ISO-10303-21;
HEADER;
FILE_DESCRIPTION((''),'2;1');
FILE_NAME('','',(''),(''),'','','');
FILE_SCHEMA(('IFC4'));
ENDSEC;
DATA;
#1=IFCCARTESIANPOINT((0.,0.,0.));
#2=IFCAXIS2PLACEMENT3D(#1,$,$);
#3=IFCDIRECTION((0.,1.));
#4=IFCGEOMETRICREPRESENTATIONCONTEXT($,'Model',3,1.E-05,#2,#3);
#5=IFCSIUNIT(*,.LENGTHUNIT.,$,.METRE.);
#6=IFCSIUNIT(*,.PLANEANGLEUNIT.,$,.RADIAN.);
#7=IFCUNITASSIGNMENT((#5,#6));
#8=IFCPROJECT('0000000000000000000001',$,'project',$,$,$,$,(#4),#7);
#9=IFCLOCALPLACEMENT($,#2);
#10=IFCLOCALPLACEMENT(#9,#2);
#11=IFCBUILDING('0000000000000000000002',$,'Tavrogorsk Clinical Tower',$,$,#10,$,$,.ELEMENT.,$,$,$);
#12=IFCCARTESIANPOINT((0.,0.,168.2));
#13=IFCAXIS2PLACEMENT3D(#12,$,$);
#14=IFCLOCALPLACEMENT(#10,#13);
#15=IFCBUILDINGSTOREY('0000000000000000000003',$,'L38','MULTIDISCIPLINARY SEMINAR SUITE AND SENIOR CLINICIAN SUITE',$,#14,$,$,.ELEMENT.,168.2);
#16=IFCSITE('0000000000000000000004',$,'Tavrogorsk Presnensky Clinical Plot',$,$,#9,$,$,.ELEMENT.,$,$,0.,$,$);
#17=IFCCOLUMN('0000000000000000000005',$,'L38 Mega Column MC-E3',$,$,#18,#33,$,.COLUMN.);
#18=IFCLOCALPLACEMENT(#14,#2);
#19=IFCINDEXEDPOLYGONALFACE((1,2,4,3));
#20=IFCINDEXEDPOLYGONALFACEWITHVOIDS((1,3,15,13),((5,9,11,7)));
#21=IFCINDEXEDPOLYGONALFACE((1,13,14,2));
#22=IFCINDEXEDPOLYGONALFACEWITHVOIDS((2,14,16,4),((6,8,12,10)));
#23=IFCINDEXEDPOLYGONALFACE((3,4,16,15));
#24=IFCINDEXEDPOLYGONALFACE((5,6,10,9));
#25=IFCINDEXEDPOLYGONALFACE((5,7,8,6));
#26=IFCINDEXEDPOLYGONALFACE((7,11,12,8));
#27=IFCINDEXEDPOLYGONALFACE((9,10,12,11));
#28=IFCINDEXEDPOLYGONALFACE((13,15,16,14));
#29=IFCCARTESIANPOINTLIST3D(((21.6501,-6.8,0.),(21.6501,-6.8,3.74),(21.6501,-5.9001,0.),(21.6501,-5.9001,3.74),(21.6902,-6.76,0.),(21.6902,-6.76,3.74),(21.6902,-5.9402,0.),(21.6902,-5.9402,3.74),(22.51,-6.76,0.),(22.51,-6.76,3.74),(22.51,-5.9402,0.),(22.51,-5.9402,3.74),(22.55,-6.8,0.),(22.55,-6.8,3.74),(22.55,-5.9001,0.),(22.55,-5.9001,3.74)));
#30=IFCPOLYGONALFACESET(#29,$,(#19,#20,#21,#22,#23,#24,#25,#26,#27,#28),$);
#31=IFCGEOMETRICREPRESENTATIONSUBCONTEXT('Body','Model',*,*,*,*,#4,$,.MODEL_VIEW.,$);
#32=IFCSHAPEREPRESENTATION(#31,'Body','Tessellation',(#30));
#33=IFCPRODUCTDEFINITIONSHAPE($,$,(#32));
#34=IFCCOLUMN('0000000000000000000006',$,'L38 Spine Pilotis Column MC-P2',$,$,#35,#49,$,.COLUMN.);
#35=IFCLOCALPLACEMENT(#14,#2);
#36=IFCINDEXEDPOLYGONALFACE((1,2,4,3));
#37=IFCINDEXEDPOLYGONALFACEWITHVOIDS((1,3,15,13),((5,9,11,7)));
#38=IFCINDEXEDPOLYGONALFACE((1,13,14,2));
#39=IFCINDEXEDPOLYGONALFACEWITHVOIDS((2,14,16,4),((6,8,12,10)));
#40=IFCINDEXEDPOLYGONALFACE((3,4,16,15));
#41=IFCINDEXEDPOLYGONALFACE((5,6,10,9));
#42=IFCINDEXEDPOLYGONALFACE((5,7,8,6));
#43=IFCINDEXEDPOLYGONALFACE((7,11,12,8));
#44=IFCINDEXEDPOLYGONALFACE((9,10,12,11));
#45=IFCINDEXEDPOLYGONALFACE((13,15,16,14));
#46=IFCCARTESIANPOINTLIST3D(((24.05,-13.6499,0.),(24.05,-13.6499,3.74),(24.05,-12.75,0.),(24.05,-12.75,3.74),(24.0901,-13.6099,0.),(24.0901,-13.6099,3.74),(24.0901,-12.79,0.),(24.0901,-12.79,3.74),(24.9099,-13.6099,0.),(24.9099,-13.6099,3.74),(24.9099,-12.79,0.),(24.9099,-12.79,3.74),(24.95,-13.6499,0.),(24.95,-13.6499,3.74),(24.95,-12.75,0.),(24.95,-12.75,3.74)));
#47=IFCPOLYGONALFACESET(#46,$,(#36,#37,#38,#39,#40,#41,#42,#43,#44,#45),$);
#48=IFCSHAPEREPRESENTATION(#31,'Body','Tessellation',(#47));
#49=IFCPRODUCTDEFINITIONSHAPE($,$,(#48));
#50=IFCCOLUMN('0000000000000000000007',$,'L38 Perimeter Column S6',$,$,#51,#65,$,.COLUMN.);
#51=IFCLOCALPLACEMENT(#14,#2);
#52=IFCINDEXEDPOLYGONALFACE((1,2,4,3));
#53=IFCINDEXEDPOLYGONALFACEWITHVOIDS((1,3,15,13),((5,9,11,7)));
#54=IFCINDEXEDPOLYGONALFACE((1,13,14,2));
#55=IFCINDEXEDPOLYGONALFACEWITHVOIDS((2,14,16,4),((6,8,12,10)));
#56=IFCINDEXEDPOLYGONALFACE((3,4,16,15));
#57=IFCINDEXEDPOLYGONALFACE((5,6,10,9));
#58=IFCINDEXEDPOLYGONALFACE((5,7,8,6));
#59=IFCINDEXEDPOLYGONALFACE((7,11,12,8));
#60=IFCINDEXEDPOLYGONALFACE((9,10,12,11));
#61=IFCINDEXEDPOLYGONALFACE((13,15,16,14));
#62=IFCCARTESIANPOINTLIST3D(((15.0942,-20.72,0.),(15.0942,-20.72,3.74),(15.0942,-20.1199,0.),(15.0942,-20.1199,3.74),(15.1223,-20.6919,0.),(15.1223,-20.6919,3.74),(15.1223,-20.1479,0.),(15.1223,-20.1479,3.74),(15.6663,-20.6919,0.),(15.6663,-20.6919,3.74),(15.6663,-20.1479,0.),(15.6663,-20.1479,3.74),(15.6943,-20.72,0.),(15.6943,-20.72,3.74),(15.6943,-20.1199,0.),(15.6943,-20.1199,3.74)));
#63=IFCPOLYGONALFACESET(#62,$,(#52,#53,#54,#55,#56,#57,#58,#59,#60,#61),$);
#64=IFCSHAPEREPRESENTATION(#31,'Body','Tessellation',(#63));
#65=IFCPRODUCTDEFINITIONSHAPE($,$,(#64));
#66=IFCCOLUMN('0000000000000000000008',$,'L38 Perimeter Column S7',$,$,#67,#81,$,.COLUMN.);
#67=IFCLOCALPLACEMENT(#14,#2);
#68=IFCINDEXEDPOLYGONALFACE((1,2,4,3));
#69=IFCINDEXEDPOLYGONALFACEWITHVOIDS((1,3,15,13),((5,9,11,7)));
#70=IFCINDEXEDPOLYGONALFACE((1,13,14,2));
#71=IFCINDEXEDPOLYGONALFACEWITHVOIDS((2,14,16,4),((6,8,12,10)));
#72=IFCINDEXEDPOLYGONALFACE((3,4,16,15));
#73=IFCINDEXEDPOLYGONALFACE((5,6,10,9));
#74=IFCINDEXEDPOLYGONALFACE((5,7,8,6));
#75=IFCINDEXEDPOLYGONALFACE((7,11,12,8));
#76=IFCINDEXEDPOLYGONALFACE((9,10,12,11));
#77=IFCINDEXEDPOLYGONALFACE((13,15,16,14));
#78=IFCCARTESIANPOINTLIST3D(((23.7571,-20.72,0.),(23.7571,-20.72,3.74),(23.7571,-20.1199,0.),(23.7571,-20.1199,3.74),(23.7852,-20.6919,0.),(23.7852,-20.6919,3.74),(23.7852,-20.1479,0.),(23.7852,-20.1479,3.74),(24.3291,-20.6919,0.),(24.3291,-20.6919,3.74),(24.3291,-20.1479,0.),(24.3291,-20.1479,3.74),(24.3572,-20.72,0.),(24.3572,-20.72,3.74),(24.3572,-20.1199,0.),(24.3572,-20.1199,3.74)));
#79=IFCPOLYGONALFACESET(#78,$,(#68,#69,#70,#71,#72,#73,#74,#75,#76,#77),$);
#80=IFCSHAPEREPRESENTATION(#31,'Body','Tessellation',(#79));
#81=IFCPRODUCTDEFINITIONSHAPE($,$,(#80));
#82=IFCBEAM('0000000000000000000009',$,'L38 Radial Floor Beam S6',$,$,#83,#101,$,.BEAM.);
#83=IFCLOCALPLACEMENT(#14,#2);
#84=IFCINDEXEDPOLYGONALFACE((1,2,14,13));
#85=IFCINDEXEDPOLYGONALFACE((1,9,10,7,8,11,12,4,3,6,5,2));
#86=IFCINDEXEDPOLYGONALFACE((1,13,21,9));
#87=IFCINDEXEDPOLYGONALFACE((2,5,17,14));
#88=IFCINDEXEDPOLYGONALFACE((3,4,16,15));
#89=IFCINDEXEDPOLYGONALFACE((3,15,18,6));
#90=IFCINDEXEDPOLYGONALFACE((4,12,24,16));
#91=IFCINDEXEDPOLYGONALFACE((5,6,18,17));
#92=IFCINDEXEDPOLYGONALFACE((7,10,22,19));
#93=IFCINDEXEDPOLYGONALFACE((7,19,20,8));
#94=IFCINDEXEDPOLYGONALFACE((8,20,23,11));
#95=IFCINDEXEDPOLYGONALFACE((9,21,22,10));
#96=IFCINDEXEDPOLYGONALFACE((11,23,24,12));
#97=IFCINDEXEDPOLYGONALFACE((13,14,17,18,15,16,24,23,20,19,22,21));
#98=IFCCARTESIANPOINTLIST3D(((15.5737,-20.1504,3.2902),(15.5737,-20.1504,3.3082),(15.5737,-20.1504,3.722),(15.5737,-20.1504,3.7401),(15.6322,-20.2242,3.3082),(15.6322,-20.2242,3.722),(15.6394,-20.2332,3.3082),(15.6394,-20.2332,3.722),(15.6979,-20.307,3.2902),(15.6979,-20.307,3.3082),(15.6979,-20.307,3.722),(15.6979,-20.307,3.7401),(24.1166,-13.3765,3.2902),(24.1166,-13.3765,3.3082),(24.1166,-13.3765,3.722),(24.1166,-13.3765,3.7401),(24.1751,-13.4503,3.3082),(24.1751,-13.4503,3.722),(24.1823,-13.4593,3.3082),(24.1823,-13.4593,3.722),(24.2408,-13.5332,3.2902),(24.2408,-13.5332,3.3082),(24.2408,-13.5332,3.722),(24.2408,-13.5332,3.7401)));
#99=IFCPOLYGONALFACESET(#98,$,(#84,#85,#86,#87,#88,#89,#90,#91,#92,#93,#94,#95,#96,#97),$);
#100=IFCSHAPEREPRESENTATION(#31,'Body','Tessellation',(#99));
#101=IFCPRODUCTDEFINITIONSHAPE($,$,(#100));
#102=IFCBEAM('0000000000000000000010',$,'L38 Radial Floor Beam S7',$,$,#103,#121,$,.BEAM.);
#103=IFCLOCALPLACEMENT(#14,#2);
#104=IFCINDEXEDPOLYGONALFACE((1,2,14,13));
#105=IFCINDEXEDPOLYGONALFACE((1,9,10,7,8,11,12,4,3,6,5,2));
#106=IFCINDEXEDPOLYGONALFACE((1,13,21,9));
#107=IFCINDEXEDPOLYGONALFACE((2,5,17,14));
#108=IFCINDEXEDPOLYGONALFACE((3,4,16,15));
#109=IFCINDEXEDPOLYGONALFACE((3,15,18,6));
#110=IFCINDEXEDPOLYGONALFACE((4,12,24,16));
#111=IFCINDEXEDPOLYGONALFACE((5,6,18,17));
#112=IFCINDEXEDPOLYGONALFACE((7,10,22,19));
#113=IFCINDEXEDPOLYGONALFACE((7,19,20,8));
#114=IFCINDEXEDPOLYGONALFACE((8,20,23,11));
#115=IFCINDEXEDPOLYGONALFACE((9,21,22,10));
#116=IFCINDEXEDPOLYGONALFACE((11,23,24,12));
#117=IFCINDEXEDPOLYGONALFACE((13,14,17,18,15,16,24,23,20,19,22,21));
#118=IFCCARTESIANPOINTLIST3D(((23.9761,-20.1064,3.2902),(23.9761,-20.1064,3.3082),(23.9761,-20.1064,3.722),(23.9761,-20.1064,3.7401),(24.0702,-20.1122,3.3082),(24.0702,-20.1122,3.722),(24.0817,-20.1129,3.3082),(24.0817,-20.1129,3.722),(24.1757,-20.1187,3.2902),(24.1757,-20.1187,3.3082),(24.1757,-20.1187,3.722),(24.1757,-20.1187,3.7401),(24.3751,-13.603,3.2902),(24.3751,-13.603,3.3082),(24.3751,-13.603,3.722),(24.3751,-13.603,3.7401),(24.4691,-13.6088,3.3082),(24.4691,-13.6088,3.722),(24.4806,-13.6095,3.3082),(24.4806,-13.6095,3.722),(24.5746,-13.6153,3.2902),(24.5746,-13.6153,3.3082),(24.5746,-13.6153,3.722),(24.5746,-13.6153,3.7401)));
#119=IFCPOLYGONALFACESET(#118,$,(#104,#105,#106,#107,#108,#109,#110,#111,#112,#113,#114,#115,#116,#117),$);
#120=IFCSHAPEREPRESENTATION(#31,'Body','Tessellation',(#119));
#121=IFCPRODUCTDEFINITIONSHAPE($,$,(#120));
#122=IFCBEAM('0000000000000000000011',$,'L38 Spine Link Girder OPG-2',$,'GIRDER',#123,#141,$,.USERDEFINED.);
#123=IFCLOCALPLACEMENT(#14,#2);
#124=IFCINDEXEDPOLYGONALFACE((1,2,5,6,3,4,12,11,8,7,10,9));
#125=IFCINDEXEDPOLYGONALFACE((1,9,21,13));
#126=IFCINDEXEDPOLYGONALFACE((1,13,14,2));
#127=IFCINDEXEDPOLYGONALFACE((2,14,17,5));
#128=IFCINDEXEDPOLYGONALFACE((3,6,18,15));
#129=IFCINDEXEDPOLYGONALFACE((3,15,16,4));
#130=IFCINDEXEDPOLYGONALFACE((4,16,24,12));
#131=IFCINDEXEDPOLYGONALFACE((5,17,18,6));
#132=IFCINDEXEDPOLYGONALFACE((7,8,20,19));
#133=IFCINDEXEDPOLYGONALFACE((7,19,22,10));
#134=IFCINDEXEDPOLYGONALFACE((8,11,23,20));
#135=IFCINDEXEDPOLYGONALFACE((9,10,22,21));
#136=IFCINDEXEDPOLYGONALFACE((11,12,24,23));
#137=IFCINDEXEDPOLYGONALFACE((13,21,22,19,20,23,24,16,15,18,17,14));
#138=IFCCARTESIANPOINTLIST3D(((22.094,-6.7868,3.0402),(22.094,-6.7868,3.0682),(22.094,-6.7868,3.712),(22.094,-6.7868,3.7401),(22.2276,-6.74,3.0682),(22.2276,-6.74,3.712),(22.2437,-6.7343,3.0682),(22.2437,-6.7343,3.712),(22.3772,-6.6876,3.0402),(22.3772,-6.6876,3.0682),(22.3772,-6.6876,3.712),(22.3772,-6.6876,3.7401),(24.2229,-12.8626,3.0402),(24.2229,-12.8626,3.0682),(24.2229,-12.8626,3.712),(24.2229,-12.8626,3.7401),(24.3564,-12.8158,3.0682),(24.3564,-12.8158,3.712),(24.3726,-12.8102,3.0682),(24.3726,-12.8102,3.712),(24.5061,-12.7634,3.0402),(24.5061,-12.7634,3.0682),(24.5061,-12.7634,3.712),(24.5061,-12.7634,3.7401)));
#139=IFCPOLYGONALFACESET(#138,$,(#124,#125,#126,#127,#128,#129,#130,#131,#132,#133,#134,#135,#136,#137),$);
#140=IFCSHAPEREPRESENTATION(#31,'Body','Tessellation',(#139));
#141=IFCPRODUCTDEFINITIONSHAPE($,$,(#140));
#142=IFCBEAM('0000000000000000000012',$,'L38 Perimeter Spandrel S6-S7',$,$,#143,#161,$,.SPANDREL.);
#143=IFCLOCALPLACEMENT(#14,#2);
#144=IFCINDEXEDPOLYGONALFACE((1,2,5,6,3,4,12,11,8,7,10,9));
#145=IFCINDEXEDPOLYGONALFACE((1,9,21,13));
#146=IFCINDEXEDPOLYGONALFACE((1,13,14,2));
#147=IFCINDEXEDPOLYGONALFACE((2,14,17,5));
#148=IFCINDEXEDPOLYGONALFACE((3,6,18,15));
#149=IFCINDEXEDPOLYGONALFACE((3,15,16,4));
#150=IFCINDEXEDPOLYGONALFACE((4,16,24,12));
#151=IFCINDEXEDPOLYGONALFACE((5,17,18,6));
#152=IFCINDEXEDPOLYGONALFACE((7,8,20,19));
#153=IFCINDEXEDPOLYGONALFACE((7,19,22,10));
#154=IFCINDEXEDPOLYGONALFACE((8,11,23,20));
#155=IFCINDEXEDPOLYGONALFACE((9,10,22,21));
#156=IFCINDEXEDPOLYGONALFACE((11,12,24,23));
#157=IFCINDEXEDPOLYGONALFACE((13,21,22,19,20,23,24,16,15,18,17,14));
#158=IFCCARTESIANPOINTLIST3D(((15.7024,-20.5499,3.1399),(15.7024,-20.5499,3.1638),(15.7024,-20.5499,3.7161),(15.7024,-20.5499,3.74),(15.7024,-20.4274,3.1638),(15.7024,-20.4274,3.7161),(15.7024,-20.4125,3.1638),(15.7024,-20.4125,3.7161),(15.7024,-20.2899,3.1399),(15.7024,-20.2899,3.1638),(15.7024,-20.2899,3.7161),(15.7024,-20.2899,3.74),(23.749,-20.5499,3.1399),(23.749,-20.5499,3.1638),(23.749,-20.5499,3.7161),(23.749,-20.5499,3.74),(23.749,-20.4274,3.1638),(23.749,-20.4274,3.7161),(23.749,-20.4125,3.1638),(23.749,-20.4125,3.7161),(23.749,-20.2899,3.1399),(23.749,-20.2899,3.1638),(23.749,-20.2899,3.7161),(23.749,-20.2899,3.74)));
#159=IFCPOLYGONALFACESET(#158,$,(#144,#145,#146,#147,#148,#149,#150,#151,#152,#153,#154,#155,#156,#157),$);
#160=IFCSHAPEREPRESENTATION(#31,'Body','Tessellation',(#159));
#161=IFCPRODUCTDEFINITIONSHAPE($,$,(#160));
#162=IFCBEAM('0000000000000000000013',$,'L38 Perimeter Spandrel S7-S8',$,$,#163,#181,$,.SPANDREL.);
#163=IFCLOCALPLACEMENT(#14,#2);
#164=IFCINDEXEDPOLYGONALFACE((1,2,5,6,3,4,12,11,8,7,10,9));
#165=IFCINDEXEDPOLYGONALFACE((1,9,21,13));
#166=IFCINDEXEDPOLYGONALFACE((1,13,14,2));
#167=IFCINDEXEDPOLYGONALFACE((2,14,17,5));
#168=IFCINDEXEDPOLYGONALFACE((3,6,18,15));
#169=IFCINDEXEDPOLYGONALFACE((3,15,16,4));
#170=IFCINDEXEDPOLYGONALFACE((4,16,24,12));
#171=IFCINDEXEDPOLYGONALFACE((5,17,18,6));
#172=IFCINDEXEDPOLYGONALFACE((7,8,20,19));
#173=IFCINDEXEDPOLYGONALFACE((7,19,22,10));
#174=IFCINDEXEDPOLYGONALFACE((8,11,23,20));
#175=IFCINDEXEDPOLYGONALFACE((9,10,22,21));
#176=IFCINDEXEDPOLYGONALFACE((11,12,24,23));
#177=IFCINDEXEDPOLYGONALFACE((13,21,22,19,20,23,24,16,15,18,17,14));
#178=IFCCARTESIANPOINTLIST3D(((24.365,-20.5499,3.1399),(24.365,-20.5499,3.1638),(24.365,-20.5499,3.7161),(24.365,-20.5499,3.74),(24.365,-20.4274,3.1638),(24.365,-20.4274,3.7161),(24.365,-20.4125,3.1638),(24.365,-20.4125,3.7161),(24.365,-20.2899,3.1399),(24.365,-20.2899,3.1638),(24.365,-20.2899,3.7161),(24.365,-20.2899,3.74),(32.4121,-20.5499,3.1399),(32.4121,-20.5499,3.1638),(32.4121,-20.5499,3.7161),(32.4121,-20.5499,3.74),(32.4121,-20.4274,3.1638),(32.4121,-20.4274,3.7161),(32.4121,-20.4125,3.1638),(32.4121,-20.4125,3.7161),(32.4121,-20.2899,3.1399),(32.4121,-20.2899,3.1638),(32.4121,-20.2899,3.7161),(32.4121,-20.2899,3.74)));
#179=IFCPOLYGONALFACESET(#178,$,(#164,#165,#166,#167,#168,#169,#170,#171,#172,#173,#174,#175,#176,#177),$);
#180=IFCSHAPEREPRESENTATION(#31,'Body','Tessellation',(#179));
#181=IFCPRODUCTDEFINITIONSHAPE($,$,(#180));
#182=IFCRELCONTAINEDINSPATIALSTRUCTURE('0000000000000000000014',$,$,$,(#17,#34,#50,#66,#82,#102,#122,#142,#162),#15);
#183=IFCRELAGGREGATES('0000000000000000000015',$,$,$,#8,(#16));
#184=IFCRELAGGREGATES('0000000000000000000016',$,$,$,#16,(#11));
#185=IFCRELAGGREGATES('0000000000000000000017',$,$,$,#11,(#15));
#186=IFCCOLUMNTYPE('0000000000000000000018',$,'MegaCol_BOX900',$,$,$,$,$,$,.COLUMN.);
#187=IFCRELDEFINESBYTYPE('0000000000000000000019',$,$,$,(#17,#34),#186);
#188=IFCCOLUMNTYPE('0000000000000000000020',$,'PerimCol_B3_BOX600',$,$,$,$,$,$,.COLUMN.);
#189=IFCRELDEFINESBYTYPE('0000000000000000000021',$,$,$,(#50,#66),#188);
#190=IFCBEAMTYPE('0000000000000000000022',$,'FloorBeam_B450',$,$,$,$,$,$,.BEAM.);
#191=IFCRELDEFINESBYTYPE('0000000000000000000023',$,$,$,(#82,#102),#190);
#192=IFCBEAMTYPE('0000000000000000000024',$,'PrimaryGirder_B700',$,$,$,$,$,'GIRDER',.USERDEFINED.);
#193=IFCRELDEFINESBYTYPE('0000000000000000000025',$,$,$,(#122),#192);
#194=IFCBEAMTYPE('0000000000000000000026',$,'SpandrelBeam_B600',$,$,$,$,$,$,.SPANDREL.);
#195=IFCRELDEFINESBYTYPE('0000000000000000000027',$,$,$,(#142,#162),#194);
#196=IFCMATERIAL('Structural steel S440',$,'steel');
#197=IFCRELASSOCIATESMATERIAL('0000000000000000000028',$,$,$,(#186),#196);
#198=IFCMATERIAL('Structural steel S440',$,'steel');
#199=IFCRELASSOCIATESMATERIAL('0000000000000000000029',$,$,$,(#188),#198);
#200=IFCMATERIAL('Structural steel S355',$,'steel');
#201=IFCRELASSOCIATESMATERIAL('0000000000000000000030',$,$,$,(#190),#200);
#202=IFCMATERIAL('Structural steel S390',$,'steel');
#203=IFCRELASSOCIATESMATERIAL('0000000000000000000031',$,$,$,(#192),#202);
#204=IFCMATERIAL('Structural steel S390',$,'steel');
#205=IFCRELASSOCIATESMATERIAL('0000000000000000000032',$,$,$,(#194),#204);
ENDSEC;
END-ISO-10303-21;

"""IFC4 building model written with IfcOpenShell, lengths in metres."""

from ifc_helpers import new_model, si_unit, direction, frame, origin, origin_2d, place, context, subcontext, project, spatial, hollow_rectangle, i_section, extrude, material, material_profile, profile_set, type_object, element, save


model = new_model("IFC4")

# Units and contexts
model_context = context("Model", 3, precision=1e-05, world=origin(), true_north=direction((0.0, 1.0)))
body_context = subcontext(model_context, "Body", "Model", "MODEL_VIEW")
ifc_project = project(units=[si_unit("LENGTHUNIT", "METRE"), si_unit("PLANEANGLEUNIT", "RADIAN")], contexts=[model_context])

# Site, building, storey
site_placement = place(None, origin())
site = spatial("IfcSite", under=ifc_project, at=site_placement, Name="Tavrogorsk Presnensky Clinical Plot", CompositionType="ELEMENT", RefElevation=0.0)
building_placement = place(site_placement, origin())
building = spatial("IfcBuilding", under=site, at=building_placement, Name="Tavrogorsk Clinical Tower", CompositionType="ELEMENT")
storey_placement = place(building_placement, frame((0.0, 0.0, 168.2)))
storey = spatial("IfcBuildingStorey", under=building, at=storey_placement, Name="L38", Description="MULTIDISCIPLINARY SEMINAR SUITE AND SENIOR CLINICIAN SUITE", CompositionType="ELEMENT", Elevation=168.2)

# Columns
ifc_material_1 = material(Name="Structural steel S440", Category="steel")
ifc_material_profile_1 = material_profile(ifc_material_1, hollow_rectangle(XDim=0.8999, YDim=0.8999, WallThickness=0.04, at=origin_2d()), Name="BOX-900x900x40")
ifc_profile_set_1 = profile_set([ifc_material_profile_1], Name="Structural steel S440")
column_type_1 = type_object("IfcColumnType", Name="MegaCol_BOX900", PredefinedType="COLUMN", material=ifc_profile_set_1)
for number, where, z_axis, x_axis, name in (
    (1, (22.1001, -6.3501, 0.0), (0.0, 0.0, 1.0), (1.0, 0.0, 0.0), "L38 Mega Column MC-E3"),
    (2, (24.5, -13.2, 0.0), (0.0, 0.0, 1.0), (1.0, 0.0, 0.0), "L38 Spine Pilotis Column MC-P2"),
):
    element("IfcColumn", number, at=place(storey_placement, frame(where, z_axis=z_axis, x_axis=x_axis)), inside=storey, type_object=column_type_1, Name=name, PredefinedType="COLUMN", context=body_context, shape_type="SweptSolid", body=[
        extrude(hollow_rectangle(XDim=0.8999, YDim=0.8999, WallThickness=0.04, at=origin_2d()), origin(), (0.0, 0.0, 1.0), 3.74),
    ])
ifc_material_2 = material(Name="Structural steel S440", Category="steel")
ifc_material_profile_2 = material_profile(ifc_material_2, hollow_rectangle(XDim=0.6001, YDim=0.6001, WallThickness=0.0281, at=origin_2d()), Name="BOX-600x600x28")
ifc_profile_set_2 = profile_set([ifc_material_profile_2], Name="Structural steel S440")
column_type_2 = type_object("IfcColumnType", Name="PerimCol_B3_BOX600", PredefinedType="COLUMN", material=ifc_profile_set_2)
for number, where, z_axis, x_axis, name in (
    (3, (15.3943, -20.4199, 0.0), (0.0, 0.0, 1.0), (1.0, 0.0, 0.0), "L38 Perimeter Column S6"),
    (4, (24.0571, -20.4199, 0.0), (0.0, 0.0, 1.0), (1.0, 0.0, 0.0), "L38 Perimeter Column S7"),
):
    element("IfcColumn", number, at=place(storey_placement, frame(where, z_axis=z_axis, x_axis=x_axis)), inside=storey, type_object=column_type_2, Name=name, PredefinedType="COLUMN", context=body_context, shape_type="SweptSolid", body=[
        extrude(hollow_rectangle(XDim=0.6001, YDim=0.6001, WallThickness=0.0281, at=origin_2d()), origin(), (0.0, 0.0, 1.0), 3.74),
    ])

# Beams
ifc_material_3 = material(Name="Structural steel S355", Category="steel")
ifc_material_profile_3 = material_profile(ifc_material_3, i_section(OverallWidth=0.2, OverallDepth=0.45, WebThickness=0.0115, FlangeThickness=0.0181, at=origin_2d()), Name="B-450x200x11.5x18")
ifc_profile_set_3 = profile_set([ifc_material_profile_3], Name="Structural steel S355")
beam_type_1 = type_object("IfcBeamType", Name="FloorBeam_B450", PredefinedType="BEAM", material=ifc_profile_set_3)
beam_1_placement = place(storey_placement, frame((24.1787, -13.4548, 3.5151), z_axis=(-0.783566, -0.621308, 0.0), x_axis=(0.621308, -0.783566, 0.0)))
element("IfcBeam", 5, at=beam_1_placement, inside=storey, type_object=beam_type_1, Name="L38 Radial Floor Beam S6", PredefinedType="BEAM", context=body_context, shape_type="SweptSolid", body=[
    extrude(i_section(OverallWidth=0.2, OverallDepth=0.45, WebThickness=0.0115, FlangeThickness=0.0181, at=origin_2d()), origin(), (0.0, 0.0, 1.0), 10.9026),
])
beam_2_placement = place(storey_placement, frame((24.4749, -13.6091, 3.5151), z_axis=(-0.061226, -0.998124, 0.0), x_axis=(0.998124, -0.061226, 0.0)))
element("IfcBeam", 6, at=beam_2_placement, inside=storey, type_object=beam_type_1, Name="L38 Radial Floor Beam S7", PredefinedType="BEAM", context=body_context, shape_type="SweptSolid", body=[
    extrude(i_section(OverallWidth=0.2, OverallDepth=0.45, WebThickness=0.0115, FlangeThickness=0.0181, at=origin_2d()), origin(), (0.0, 0.0, 1.0), 6.5156),
])
ifc_material_4 = material(Name="Structural steel S390", Category="steel")
ifc_material_profile_4 = material_profile(ifc_material_4, i_section(OverallWidth=0.3, OverallDepth=0.7, WebThickness=0.0171, FlangeThickness=0.0281, at=origin_2d()), Name="B-700x300x17x28")
ifc_profile_set_4 = profile_set([ifc_material_profile_4], Name="Structural steel S390")
beam_type_2 = type_object("IfcBeamType", Name="PrimaryGirder_B700", ElementType="GIRDER", PredefinedType="USERDEFINED", material=ifc_profile_set_4)
beam_3_placement = place(storey_placement, frame((24.3645, -12.813, 3.3901), z_axis=(-0.330673, 0.943745, 0.0), x_axis=(-0.943745, -0.330673, 0.0)))
element("IfcBeam", 7, at=beam_3_placement, inside=storey, type_object=beam_type_2, Name="L38 Spine Link Girder OPG-2", ObjectType="GIRDER", PredefinedType="USERDEFINED", context=body_context, shape_type="SweptSolid", body=[
    extrude(i_section(OverallWidth=0.3, OverallDepth=0.7, WebThickness=0.0171, FlangeThickness=0.0281, at=origin_2d()), origin(), (0.0, 0.0, 1.0), 6.438),
])
ifc_material_5 = material(Name="Structural steel S390", Category="steel")
ifc_material_profile_5 = material_profile(ifc_material_5, i_section(OverallWidth=0.26, OverallDepth=0.6001, WebThickness=0.0149, FlangeThickness=0.0239, at=origin_2d()), Name="B-600x260x15x24")
ifc_profile_set_5 = profile_set([ifc_material_profile_5], Name="Structural steel S390")
beam_type_3 = type_object("IfcBeamType", Name="SpandrelBeam_B600", PredefinedType="SPANDREL", material=ifc_profile_set_5)
beam_4_placement = place(storey_placement, frame((15.7024, -20.4199, 3.4399), z_axis=(1.0, 0.0, 0.0), x_axis=(0.0, 1.0, 0.0)))
element("IfcBeam", 8, at=beam_4_placement, inside=storey, type_object=beam_type_3, Name="L38 Perimeter Spandrel S6-S7", PredefinedType="SPANDREL", context=body_context, shape_type="SweptSolid", body=[
    extrude(i_section(OverallWidth=0.26, OverallDepth=0.6001, WebThickness=0.0149, FlangeThickness=0.0239, at=origin_2d()), origin(), (0.0, 0.0, 1.0), 8.0466),
])
beam_5_placement = place(storey_placement, frame((24.365, -20.4199, 3.4399), z_axis=(1.0, 0.0, 0.0), x_axis=(0.0, 1.0, 0.0)))
element("IfcBeam", 9, at=beam_5_placement, inside=storey, type_object=beam_type_3, Name="L38 Perimeter Spandrel S7-S8", PredefinedType="SPANDREL", context=body_context, shape_type="SweptSolid", body=[
    extrude(i_section(OverallWidth=0.26, OverallDepth=0.6001, WebThickness=0.0149, FlangeThickness=0.0239, at=origin_2d()), origin(), (0.0, 0.0, 1.0), 8.0471),
])

save(model, "model.ifc")
